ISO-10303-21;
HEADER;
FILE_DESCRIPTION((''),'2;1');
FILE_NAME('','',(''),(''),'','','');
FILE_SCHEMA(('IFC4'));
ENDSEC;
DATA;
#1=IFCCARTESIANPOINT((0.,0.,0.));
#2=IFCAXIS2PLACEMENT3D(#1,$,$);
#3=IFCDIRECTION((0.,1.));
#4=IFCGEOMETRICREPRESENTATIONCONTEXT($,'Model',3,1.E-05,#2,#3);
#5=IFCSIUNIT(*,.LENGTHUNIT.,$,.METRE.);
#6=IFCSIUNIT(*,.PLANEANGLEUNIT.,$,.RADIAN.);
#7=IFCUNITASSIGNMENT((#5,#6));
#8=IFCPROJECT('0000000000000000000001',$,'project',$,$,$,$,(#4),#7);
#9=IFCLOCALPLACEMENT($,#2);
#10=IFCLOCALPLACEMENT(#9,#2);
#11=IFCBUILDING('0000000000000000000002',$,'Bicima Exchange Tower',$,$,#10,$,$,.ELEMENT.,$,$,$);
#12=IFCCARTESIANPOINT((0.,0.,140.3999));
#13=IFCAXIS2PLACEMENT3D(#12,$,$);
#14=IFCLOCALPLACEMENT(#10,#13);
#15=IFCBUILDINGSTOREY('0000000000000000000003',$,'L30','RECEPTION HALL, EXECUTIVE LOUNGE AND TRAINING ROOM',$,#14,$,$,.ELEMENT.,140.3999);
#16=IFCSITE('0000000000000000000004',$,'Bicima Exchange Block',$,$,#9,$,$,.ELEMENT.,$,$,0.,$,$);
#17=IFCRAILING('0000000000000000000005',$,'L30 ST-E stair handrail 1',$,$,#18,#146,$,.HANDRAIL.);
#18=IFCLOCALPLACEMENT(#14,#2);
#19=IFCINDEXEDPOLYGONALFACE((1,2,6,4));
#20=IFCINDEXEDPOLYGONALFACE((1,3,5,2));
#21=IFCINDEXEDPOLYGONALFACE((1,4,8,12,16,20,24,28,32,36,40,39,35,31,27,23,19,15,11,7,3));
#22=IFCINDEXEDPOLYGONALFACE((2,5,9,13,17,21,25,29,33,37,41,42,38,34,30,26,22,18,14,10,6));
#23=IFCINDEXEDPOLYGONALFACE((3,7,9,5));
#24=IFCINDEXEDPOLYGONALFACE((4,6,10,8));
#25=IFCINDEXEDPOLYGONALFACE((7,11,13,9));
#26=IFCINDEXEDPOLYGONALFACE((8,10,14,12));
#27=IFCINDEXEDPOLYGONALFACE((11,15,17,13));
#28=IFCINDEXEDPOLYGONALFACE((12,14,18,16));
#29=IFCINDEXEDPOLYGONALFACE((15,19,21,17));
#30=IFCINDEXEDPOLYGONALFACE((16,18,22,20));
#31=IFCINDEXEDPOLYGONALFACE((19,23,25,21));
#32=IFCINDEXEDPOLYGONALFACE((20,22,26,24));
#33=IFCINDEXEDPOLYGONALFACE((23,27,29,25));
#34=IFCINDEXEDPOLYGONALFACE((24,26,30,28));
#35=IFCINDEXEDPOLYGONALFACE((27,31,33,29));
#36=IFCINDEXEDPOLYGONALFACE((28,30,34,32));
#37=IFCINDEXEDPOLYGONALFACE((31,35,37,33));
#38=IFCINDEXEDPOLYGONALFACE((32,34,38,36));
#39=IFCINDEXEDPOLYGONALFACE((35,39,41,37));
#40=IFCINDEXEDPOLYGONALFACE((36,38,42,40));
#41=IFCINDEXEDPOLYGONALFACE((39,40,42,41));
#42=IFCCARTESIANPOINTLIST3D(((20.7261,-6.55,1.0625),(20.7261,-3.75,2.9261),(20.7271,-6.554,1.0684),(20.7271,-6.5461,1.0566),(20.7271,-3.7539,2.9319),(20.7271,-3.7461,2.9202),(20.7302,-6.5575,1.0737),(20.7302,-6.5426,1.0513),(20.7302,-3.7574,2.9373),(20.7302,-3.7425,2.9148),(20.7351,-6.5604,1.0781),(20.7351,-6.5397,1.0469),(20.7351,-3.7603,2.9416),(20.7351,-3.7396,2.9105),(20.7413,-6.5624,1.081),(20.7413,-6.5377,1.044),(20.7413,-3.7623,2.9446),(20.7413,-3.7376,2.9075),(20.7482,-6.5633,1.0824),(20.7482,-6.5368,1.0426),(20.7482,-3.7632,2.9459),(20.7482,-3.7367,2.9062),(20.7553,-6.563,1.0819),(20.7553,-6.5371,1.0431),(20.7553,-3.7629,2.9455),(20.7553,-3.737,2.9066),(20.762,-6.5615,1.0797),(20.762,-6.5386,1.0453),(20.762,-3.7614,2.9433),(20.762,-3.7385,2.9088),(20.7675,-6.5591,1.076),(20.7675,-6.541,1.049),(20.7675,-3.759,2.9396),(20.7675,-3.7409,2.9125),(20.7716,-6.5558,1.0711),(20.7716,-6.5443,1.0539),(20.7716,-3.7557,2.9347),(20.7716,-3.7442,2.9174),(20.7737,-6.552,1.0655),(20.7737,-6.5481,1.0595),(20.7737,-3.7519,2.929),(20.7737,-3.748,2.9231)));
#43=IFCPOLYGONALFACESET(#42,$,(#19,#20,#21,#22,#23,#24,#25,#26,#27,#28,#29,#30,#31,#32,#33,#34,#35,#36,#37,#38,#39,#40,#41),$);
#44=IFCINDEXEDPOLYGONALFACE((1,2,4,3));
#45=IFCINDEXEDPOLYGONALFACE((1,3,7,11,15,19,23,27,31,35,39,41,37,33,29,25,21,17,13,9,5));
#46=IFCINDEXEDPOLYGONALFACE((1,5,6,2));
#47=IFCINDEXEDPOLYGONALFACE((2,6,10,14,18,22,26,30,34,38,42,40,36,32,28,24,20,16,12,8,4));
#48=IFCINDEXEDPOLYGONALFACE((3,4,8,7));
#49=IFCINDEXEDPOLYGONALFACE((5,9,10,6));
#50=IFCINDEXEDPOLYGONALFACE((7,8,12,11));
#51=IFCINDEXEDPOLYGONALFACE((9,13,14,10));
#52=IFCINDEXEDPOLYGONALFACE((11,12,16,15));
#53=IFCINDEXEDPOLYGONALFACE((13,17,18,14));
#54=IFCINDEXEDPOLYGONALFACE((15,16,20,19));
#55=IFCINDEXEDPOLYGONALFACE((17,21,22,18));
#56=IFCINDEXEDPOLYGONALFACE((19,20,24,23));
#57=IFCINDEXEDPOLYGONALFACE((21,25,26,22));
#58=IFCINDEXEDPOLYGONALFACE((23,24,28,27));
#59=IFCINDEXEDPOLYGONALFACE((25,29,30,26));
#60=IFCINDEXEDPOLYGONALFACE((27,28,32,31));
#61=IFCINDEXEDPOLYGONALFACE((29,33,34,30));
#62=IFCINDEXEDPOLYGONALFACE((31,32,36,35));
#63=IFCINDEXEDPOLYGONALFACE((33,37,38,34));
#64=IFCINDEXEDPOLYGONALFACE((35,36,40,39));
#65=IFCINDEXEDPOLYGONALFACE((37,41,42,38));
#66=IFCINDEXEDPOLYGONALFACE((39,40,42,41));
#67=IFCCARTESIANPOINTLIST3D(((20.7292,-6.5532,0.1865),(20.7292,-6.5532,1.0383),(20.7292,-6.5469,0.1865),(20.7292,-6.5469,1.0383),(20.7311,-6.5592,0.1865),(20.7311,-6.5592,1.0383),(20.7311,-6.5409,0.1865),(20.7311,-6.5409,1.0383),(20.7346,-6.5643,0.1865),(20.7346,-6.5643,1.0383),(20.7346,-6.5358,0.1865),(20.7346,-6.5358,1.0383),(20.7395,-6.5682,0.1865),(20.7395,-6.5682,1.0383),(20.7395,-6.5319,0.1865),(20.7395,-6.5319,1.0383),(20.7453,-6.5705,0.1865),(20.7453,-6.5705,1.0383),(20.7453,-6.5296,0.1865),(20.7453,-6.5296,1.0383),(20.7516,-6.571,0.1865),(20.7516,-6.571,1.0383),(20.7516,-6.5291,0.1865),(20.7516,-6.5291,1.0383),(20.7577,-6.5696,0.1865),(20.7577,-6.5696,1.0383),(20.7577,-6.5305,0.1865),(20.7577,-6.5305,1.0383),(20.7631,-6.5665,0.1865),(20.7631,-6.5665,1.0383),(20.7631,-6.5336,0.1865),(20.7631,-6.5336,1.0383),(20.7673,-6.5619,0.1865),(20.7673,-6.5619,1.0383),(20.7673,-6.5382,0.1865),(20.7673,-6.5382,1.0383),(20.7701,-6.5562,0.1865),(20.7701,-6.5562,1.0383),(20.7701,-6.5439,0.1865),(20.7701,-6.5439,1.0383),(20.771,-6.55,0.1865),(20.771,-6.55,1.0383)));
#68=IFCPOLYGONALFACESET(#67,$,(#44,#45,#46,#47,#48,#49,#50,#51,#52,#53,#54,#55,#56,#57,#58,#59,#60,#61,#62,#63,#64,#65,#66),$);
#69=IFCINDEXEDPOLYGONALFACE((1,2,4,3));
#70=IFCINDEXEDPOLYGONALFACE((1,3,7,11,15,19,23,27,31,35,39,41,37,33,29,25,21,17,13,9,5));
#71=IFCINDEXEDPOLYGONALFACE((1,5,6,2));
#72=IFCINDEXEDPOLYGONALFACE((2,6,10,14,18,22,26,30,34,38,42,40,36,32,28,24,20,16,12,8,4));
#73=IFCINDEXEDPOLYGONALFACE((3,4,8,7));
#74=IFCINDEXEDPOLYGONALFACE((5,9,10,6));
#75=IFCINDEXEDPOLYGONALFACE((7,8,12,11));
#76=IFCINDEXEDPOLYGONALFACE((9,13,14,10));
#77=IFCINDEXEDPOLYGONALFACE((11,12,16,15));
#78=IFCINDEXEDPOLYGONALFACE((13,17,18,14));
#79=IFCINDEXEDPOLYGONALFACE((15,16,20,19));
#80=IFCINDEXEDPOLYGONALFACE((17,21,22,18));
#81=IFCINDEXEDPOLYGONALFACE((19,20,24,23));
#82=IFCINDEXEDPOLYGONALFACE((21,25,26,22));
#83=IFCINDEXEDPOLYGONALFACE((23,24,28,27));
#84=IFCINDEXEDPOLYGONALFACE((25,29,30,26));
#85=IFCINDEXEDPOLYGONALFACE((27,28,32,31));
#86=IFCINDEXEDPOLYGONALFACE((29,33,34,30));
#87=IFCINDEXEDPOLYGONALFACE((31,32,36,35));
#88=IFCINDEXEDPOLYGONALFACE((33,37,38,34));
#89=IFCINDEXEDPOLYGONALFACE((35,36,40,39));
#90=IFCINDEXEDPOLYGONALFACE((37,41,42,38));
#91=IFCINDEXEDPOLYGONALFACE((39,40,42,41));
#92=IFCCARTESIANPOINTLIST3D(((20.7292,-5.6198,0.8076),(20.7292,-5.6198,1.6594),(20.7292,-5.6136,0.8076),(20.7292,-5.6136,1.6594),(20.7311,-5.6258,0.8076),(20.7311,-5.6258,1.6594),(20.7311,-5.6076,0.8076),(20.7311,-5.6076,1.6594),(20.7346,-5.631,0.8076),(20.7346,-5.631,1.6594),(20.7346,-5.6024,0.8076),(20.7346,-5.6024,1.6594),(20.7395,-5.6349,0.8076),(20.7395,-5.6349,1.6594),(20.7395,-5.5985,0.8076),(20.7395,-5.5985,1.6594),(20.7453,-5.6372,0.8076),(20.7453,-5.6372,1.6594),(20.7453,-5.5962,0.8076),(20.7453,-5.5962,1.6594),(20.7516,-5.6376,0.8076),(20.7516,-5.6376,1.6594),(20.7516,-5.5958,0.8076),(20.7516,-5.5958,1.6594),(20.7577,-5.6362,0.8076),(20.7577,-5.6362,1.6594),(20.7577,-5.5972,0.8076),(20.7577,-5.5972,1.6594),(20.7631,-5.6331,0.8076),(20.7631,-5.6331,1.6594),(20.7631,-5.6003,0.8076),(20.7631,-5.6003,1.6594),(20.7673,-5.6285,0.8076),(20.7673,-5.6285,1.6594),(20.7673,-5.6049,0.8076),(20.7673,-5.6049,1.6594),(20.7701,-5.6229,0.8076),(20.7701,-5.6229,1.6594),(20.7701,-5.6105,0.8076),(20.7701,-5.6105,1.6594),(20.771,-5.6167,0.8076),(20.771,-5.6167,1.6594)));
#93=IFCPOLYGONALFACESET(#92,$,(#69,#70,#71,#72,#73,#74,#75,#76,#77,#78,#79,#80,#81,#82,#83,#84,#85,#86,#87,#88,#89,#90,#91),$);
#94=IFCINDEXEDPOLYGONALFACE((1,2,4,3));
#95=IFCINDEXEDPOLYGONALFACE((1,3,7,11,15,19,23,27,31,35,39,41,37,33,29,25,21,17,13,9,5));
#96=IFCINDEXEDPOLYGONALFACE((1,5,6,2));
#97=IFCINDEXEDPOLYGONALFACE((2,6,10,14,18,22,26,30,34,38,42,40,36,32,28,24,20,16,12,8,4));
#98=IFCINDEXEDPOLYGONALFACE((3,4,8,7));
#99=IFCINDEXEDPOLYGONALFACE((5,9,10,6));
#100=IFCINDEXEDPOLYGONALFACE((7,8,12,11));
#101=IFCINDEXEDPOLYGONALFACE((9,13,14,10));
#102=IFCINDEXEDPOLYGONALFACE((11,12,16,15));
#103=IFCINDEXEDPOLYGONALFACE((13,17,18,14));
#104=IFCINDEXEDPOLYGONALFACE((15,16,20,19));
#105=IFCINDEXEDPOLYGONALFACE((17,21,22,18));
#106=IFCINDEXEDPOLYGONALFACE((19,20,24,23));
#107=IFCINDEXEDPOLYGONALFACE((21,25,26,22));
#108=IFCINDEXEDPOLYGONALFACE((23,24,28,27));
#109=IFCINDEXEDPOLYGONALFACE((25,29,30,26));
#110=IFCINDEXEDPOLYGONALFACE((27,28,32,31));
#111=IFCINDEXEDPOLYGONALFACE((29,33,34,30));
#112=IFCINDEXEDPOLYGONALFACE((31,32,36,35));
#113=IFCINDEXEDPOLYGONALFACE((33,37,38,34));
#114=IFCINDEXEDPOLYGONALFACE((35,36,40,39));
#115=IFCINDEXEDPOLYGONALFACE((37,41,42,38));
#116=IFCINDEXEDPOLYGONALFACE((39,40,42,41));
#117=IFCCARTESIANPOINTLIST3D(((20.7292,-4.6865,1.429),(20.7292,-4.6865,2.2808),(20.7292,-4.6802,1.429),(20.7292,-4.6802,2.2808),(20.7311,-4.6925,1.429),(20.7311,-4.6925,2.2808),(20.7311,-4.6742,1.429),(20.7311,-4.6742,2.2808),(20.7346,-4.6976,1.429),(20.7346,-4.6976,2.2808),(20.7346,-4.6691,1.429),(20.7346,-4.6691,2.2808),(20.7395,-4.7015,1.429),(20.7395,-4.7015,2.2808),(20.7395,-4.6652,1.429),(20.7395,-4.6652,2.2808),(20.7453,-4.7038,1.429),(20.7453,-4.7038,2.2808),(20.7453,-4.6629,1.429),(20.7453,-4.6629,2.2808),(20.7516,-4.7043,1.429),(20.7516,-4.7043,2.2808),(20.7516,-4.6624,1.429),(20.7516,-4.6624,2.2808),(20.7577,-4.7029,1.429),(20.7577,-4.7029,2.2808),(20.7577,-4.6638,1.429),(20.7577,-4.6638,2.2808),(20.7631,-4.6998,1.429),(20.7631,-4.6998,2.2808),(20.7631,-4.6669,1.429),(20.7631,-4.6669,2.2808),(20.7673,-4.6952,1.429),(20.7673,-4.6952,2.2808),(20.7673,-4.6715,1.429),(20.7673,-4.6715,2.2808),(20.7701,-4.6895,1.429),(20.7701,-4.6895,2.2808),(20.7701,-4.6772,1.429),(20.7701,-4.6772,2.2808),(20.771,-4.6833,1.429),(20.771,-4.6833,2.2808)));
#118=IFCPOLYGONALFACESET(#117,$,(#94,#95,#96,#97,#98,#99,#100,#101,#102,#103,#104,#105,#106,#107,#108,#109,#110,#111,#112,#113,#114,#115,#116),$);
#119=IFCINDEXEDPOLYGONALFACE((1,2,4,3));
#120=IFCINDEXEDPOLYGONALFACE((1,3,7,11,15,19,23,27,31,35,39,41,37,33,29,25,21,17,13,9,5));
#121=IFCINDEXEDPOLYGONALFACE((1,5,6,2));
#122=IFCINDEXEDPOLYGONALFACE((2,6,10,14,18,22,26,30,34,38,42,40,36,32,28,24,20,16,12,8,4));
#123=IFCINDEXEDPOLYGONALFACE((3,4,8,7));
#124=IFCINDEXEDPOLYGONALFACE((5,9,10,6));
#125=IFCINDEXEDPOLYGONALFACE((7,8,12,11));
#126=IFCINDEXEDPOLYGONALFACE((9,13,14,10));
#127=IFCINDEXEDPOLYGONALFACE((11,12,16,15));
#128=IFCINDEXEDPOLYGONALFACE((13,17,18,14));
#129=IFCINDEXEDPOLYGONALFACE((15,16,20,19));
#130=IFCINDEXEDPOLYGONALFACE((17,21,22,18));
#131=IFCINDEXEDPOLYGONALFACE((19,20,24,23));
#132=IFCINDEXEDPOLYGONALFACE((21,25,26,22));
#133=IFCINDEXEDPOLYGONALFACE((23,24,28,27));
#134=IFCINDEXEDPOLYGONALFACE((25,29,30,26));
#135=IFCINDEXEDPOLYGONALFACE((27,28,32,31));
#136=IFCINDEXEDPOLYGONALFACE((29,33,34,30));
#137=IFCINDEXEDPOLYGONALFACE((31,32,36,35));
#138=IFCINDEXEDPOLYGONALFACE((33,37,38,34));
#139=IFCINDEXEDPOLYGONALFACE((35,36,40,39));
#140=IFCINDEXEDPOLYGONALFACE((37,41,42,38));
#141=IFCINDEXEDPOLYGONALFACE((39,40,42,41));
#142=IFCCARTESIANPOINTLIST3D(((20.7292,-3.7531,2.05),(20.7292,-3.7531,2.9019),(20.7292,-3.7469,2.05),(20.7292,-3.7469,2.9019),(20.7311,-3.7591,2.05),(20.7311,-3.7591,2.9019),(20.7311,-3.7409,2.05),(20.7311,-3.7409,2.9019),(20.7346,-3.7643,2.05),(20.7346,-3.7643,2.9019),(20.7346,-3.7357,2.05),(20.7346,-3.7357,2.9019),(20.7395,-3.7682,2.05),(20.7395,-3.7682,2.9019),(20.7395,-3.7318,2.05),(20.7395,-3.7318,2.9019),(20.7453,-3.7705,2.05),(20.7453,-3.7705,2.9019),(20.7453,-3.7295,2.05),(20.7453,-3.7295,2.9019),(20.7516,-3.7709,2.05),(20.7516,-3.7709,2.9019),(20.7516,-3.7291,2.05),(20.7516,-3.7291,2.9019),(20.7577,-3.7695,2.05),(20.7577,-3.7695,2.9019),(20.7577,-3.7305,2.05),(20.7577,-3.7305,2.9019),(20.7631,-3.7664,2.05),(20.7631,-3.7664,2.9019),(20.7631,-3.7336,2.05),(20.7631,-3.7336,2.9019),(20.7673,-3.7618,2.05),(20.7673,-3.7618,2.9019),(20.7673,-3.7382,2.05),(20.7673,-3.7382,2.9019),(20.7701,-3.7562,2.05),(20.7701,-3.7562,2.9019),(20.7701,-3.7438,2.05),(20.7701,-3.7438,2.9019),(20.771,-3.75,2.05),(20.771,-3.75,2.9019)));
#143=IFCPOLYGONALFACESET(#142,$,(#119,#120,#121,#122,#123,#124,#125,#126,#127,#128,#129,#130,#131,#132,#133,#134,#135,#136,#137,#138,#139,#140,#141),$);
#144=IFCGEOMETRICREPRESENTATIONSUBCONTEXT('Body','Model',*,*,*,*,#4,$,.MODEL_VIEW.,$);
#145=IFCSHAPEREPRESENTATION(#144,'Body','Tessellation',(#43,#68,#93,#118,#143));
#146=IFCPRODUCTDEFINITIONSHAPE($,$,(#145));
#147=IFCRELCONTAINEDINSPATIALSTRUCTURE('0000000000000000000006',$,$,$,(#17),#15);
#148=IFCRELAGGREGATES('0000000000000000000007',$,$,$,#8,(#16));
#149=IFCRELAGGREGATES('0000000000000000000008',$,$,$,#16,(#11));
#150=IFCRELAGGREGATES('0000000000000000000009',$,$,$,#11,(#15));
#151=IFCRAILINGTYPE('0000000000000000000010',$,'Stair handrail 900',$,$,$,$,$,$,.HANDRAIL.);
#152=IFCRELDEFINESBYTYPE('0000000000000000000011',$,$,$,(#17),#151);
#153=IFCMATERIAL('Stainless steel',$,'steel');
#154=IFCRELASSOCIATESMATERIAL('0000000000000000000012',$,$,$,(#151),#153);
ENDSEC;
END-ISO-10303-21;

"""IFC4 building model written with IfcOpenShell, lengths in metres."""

from ifc_helpers import new_model, si_unit, direction, frame, origin, origin_2d, place, context, subcontext, project, spatial, circle, extrude, material, type_object, element, save


model = new_model("IFC4")

# Units and contexts
model_context = context("Model", 3, precision=1e-05, world=origin(), true_north=direction((0.0, 1.0)))
body_context = subcontext(model_context, "Body", "Model", "MODEL_VIEW")
ifc_project = project(units=[si_unit("LENGTHUNIT", "METRE"), si_unit("PLANEANGLEUNIT", "RADIAN")], contexts=[model_context])

# Site, building, storey
site_placement = place(None, origin())
site = spatial("IfcSite", under=ifc_project, at=site_placement, Name="Bicima Exchange Block", CompositionType="ELEMENT", RefElevation=0.0)
building_placement = place(site_placement, origin())
building = spatial("IfcBuilding", under=site, at=building_placement, Name="Bicima Exchange Tower", CompositionType="ELEMENT")
storey_placement = place(building_placement, frame((0.0, 0.0, 140.3999)))
storey = spatial("IfcBuildingStorey", under=building, at=storey_placement, Name="L30", Description="RECEPTION HALL, EXECUTIVE LOUNGE AND TRAINING ROOM", CompositionType="ELEMENT", Elevation=140.3999)

# Railing
ifc_material_1 = material(Name="Stainless steel", Category="steel")
railing_type_1 = type_object("IfcRailingType", Name="Stair handrail 900", PredefinedType="HANDRAIL", material=ifc_material_1)
railing_1_placement = place(storey_placement, frame((20.75, -6.55, 0.1865)))
element("IfcRailing", 1, at=railing_1_placement, inside=storey, type_object=railing_type_1, Name="L30 ST-E stair handrail 1", PredefinedType="HANDRAIL", context=body_context, shape_type="SweptSolid", body=[
    extrude(circle(Radius=0.0239, at=origin_2d()), frame((0.0, 0.0, 0.876), z_axis=(0.0, 0.832486, 0.554047), x_axis=(-1.0, 0.0, 0.0)), (0.0, 0.0, 1.0), 3.3635),
    extrude(circle(Radius=0.021, at=origin_2d()), origin(), (0.0, 0.0, 1.0), 0.8518),
    extrude(circle(Radius=0.021, at=origin_2d()), frame((0.0, 0.9333, 0.6211)), (0.0, 0.0, 1.0), 0.8518),
    extrude(circle(Radius=0.021, at=origin_2d()), frame((0.0, 1.8667, 1.2424)), (0.0, 0.0, 1.0), 0.8518),
    extrude(circle(Radius=0.021, at=origin_2d()), frame((0.0, 2.8, 1.8635)), (0.0, 0.0, 1.0), 0.8518),
])

save(model, "model.ifc")
